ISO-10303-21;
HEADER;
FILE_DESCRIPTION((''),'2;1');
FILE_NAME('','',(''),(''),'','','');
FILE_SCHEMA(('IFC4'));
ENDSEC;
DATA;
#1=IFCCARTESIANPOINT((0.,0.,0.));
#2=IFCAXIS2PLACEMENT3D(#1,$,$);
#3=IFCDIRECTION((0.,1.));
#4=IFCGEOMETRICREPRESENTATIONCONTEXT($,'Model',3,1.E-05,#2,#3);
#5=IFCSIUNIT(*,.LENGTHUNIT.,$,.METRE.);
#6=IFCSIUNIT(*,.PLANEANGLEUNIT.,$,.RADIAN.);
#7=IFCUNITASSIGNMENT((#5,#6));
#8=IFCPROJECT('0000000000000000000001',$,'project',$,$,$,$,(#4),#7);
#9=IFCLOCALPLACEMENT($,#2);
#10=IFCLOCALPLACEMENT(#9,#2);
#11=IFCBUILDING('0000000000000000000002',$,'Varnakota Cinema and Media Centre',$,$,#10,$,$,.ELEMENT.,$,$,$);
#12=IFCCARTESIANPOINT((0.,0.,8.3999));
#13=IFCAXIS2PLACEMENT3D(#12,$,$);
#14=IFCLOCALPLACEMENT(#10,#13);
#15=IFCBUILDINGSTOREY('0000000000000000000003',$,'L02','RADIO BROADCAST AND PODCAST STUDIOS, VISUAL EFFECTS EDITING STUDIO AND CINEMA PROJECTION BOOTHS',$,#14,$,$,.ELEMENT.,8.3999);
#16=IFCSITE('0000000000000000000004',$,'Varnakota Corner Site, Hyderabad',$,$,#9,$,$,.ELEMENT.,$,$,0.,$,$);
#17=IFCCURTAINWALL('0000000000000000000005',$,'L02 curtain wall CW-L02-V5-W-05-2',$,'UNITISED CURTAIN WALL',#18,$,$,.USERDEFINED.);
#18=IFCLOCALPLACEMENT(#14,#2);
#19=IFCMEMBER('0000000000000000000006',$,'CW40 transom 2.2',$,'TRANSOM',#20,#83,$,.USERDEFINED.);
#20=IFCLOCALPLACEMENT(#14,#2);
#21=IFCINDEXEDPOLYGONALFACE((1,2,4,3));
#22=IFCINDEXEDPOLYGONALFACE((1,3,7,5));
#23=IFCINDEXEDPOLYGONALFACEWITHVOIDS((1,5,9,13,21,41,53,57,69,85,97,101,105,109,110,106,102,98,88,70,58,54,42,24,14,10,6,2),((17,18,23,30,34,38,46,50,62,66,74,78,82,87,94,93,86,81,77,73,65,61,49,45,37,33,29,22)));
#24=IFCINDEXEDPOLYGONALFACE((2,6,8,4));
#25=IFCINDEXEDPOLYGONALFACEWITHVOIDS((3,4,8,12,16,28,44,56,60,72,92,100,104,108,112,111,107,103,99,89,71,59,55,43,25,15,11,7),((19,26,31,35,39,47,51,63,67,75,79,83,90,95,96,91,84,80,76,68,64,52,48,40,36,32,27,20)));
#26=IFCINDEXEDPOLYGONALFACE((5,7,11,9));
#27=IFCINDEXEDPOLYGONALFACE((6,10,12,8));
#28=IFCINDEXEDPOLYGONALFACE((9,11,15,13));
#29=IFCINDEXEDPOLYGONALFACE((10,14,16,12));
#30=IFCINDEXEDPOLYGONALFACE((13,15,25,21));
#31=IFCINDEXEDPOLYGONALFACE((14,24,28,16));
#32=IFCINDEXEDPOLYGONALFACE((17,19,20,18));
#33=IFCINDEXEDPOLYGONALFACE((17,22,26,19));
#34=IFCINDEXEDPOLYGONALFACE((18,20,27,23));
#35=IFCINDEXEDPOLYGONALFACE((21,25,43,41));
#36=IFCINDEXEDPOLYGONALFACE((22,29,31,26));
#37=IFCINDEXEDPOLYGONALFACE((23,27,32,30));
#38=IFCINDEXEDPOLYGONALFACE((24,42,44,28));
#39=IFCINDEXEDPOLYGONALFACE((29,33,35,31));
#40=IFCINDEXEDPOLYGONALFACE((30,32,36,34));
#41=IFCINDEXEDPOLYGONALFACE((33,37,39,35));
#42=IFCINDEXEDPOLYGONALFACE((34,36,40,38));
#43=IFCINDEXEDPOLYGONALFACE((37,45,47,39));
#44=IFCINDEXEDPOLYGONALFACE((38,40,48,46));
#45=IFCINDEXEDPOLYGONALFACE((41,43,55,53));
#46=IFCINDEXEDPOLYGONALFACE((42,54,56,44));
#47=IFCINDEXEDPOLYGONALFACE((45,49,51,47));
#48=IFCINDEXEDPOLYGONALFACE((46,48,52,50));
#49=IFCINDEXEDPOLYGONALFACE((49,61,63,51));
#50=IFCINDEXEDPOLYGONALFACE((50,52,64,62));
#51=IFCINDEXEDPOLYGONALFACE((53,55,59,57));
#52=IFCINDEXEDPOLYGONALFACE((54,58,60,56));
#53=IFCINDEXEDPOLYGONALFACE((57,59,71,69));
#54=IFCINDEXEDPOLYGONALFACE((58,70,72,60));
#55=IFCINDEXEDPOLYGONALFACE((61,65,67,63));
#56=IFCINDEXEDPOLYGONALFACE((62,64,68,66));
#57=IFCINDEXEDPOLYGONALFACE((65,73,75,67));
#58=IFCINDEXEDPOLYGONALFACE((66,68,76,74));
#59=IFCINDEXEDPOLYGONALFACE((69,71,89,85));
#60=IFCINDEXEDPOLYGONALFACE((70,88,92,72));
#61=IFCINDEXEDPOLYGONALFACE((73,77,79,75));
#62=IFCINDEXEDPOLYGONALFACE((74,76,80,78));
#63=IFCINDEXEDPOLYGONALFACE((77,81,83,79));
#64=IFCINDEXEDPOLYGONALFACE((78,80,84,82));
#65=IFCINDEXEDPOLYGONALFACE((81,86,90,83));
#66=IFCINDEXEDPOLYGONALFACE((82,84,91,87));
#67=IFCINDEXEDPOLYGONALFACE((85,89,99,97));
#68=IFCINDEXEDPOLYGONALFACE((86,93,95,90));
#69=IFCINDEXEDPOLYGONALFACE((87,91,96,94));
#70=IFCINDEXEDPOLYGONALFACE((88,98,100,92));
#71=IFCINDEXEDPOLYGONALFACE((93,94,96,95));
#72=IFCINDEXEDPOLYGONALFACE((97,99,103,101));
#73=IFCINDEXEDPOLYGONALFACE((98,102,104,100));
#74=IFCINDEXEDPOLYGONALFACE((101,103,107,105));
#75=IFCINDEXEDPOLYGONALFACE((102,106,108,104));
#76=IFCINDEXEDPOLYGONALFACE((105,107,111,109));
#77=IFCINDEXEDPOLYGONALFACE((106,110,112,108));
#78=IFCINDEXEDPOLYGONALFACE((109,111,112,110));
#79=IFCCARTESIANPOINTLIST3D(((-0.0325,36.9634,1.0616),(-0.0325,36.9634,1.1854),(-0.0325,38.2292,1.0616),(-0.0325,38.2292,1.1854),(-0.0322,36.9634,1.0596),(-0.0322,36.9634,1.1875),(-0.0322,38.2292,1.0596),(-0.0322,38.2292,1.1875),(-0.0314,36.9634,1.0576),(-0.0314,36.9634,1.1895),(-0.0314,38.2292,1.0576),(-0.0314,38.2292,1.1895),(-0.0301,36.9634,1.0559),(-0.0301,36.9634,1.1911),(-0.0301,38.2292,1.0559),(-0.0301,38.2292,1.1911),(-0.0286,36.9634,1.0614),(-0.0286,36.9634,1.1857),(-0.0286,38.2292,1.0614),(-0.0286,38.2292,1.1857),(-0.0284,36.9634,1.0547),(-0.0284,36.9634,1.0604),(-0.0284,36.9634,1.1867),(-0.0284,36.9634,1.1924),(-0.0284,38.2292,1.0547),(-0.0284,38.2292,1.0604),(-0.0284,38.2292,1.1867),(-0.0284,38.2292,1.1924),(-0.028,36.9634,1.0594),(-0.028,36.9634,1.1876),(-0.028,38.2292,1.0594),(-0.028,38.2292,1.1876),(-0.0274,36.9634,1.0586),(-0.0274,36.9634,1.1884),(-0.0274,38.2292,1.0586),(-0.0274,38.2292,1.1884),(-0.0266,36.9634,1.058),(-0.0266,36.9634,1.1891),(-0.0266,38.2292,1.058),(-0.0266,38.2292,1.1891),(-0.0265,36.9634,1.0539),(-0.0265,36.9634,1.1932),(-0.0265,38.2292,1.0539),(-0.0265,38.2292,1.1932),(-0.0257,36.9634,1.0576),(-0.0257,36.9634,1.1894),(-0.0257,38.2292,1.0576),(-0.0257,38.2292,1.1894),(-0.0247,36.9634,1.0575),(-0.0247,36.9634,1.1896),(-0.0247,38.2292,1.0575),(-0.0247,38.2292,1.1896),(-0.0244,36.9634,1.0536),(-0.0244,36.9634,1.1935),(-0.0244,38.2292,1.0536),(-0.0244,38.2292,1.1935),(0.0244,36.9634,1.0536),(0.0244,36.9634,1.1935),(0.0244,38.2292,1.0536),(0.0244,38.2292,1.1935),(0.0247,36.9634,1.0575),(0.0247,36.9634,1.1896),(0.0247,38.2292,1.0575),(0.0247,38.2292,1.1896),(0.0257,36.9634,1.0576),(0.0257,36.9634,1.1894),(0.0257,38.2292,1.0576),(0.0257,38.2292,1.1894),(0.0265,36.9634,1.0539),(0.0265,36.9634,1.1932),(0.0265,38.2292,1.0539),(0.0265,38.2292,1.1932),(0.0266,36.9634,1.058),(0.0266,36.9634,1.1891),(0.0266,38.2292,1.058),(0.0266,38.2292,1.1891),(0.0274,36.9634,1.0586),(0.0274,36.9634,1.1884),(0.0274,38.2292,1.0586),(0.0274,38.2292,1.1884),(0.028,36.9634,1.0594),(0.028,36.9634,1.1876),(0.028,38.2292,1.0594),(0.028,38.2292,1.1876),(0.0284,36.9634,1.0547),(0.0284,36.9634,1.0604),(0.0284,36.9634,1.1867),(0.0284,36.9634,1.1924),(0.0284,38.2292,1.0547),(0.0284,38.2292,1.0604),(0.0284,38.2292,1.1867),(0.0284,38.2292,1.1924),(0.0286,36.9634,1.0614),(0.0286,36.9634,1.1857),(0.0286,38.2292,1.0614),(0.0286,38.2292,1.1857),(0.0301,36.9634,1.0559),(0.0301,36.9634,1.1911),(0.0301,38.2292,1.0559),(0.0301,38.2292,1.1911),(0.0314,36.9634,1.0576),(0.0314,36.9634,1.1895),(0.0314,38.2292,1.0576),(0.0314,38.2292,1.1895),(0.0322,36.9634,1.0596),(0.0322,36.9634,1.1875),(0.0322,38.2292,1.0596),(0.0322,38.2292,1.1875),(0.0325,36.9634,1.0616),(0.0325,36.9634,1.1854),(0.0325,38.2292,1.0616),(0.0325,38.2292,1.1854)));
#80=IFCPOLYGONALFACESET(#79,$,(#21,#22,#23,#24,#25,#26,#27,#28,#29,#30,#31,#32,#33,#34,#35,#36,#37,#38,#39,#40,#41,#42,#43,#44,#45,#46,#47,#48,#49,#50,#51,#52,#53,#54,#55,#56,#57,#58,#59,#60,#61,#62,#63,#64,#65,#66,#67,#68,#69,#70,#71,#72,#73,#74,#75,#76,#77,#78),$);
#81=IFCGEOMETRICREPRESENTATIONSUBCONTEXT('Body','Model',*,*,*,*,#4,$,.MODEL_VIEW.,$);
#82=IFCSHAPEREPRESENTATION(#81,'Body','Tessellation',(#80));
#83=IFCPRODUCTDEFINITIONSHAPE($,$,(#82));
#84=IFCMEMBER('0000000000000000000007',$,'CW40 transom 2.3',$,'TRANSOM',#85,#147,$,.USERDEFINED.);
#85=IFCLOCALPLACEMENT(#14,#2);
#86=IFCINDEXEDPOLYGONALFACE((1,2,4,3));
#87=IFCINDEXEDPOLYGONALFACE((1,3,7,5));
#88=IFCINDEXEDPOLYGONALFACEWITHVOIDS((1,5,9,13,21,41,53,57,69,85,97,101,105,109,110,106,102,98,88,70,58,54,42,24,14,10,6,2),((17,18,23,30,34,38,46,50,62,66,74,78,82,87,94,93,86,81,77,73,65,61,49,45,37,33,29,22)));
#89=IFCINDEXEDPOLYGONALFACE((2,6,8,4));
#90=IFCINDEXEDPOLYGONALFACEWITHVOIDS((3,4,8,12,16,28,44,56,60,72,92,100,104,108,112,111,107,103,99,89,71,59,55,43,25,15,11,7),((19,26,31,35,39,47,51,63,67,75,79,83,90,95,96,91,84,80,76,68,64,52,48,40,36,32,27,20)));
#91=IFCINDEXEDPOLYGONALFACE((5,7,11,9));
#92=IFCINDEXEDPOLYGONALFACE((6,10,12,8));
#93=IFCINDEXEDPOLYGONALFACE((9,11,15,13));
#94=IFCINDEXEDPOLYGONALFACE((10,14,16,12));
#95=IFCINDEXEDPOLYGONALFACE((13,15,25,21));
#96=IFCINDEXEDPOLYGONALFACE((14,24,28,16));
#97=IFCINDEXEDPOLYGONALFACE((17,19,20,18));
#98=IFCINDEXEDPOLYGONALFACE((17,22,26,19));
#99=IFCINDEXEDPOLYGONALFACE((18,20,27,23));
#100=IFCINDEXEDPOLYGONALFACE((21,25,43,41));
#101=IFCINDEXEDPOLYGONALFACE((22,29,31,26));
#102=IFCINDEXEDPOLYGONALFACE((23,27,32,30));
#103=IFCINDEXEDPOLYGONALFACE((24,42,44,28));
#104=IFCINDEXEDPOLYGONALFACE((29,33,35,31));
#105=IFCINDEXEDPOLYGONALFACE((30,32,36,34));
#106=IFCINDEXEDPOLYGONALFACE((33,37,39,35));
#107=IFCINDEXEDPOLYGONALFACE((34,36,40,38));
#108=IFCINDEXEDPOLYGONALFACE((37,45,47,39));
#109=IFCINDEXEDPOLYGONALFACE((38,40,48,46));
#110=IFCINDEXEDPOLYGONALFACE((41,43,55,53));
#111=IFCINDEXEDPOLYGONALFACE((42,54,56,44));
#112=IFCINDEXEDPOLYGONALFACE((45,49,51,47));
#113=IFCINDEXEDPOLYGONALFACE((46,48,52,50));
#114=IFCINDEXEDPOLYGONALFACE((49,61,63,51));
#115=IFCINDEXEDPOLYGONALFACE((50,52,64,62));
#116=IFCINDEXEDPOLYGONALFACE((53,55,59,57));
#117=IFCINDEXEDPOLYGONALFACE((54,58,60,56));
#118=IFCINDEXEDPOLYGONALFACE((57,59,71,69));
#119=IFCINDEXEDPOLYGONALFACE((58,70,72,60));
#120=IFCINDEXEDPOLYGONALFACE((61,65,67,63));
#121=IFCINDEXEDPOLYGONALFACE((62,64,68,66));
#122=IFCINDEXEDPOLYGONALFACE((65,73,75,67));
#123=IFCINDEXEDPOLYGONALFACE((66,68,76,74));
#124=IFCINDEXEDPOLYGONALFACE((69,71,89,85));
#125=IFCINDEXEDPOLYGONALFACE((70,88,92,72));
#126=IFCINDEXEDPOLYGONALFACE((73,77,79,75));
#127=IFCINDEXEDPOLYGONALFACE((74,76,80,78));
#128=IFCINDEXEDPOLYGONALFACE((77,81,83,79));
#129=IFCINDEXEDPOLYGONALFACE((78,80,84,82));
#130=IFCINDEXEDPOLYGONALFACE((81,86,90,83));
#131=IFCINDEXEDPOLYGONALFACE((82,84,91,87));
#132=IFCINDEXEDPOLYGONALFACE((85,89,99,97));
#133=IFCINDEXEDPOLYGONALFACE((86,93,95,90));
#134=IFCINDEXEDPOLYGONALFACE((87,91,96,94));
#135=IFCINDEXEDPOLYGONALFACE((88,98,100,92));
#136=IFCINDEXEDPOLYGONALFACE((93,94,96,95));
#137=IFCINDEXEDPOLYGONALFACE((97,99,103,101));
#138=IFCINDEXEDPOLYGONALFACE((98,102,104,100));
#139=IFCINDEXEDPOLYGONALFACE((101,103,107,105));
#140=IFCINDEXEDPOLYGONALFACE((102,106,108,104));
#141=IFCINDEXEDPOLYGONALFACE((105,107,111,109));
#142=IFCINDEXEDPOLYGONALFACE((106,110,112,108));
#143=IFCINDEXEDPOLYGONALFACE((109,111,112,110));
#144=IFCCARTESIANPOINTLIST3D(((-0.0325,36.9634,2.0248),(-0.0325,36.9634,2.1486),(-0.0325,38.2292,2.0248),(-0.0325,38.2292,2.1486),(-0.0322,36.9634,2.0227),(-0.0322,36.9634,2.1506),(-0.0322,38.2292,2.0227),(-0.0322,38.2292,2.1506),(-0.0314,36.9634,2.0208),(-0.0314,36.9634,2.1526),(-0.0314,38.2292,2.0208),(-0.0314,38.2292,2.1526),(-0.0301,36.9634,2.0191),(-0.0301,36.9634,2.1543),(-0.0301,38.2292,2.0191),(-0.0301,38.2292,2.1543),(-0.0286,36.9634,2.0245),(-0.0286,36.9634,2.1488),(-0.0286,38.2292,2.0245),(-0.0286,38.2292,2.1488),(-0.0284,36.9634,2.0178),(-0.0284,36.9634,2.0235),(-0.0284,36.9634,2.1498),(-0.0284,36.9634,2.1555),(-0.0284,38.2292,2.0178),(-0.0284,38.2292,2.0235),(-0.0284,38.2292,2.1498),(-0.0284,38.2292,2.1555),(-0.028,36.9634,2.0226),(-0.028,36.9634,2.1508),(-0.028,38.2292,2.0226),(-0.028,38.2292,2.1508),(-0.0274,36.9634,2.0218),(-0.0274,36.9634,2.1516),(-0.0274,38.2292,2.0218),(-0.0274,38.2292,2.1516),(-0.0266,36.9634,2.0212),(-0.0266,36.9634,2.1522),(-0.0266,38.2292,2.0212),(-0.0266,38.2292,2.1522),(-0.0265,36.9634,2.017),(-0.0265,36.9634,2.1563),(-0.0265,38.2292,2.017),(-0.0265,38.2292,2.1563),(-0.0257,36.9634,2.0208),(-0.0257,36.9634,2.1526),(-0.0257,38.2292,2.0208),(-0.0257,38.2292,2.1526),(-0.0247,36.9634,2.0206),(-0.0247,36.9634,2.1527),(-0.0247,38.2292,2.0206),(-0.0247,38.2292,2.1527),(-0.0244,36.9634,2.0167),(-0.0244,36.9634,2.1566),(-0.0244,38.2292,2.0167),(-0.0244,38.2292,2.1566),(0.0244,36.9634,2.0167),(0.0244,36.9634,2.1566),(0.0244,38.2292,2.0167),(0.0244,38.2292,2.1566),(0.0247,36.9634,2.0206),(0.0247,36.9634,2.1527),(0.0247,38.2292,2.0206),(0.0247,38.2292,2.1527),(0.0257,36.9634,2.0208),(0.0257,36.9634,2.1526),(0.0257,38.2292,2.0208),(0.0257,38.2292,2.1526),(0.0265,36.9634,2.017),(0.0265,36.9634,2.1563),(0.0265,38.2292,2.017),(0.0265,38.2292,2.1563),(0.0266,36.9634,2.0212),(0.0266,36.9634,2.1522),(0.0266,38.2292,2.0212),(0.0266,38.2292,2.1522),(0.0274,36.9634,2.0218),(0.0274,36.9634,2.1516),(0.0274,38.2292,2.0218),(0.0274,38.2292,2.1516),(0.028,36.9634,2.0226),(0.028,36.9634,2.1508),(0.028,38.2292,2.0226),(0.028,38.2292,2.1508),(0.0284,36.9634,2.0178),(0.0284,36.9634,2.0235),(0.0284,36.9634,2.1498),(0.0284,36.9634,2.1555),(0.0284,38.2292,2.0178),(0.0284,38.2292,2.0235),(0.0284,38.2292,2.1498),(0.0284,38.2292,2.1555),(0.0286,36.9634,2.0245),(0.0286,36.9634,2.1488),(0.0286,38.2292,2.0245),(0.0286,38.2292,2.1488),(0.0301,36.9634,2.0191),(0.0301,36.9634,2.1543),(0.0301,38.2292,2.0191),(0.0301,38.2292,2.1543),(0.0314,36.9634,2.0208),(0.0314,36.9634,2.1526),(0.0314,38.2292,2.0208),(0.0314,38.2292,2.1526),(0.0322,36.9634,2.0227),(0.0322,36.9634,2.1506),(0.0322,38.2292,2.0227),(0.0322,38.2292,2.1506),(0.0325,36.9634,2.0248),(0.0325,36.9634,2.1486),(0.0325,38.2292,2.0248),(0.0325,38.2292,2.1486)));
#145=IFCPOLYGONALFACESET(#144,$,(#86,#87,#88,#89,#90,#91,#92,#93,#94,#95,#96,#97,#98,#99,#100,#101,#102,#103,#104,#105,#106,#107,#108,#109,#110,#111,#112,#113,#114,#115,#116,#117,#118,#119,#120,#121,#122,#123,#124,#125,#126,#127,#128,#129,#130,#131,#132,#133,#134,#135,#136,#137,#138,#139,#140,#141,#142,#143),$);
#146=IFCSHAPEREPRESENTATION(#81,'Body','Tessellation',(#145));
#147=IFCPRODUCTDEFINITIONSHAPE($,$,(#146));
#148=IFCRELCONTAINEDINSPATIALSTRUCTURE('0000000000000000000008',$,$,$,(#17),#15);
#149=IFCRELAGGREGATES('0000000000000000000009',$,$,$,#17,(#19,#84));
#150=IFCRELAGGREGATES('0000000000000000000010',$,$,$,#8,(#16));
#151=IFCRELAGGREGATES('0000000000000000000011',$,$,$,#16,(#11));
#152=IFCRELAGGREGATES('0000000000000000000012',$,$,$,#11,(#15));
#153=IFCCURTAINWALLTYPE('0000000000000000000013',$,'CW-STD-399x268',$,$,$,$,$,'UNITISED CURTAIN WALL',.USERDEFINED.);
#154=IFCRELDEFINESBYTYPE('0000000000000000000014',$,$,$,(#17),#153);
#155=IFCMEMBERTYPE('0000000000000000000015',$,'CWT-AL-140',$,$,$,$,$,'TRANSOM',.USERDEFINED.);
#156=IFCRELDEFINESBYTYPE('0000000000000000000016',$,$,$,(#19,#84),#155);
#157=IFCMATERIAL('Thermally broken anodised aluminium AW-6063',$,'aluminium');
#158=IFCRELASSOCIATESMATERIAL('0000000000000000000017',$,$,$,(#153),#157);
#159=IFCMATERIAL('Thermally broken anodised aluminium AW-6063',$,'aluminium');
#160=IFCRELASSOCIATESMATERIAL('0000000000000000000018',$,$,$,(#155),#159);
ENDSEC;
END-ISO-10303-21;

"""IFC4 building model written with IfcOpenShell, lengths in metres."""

from ifc_helpers import new_model, si_unit, direction, frame, origin, origin_2d, place, context, subcontext, project, spatial, hollow_rectangle, extrude, material, material_profile, profile_set, type_object, element, aggregate, save


model = new_model("IFC4")

# Units and contexts
model_context = context("Model", 3, precision=1e-05, world=origin(), true_north=direction((0.0, 1.0)))
body_context = subcontext(model_context, "Body", "Model", "MODEL_VIEW")
ifc_project = project(units=[si_unit("LENGTHUNIT", "METRE"), si_unit("PLANEANGLEUNIT", "RADIAN")], contexts=[model_context])

# Site, building, storey
site_placement = place(None, origin())
site = spatial("IfcSite", under=ifc_project, at=site_placement, Name="Varnakota Corner Site, Hyderabad", CompositionType="ELEMENT", RefElevation=0.0)
building_placement = place(site_placement, origin())
building = spatial("IfcBuilding", under=site, at=building_placement, Name="Varnakota Cinema and Media Centre", CompositionType="ELEMENT")
storey_placement = place(building_placement, frame((0.0, 0.0, 8.3999)))
storey = spatial("IfcBuildingStorey", under=building, at=storey_placement, Name="L02", Description="RADIO BROADCAST AND PODCAST STUDIOS, VISUAL EFFECTS EDITING STUDIO AND CINEMA PROJECTION BOOTHS", CompositionType="ELEMENT", Elevation=8.3999)

# Curtain wall
ifc_material_1 = material(Name="Thermally broken anodised aluminium AW-6063", Category="aluminium")
curtain_wall_type = type_object("IfcCurtainWallType", Name="CW-STD-399x268", ElementType="UNITISED CURTAIN WALL", PredefinedType="USERDEFINED", material=ifc_material_1)
curtain_wall_1_placement = place(storey_placement, origin())
curtain_wall_1 = element("IfcCurtainWall", 1, at=curtain_wall_1_placement, inside=storey, type_object=curtain_wall_type, Name="L02 curtain wall CW-L02-V5-W-05-2", ObjectType="UNITISED CURTAIN WALL", PredefinedType="USERDEFINED")

# Members
ifc_material_2 = material(Name="Thermally broken anodised aluminium AW-6063", Category="aluminium")
ifc_material_profile_1 = material_profile(ifc_material_2, hollow_rectangle(XDim=0.0649, YDim=0.1399, WallThickness=0.0039, InnerFilletRadius=0.0039, OuterFilletRadius=0.0081, at=origin_2d()), Name="AL-TRANSOM 140x65x4")
ifc_profile_set_1 = profile_set([ifc_material_profile_1], Name="Thermally broken anodised aluminium AW-6063")
member_type_1 = type_object("IfcMemberType", Name="CWT-AL-140", ElementType="TRANSOM", PredefinedType="USERDEFINED", material=ifc_profile_set_1)
member_1_placement = place(storey_placement, frame((0.0, 38.2292, 1.1235), z_axis=(0.0, -1.0, 0.0), x_axis=(1.0, 0.0, 0.0)))
member_1 = element("IfcMember", 2, at=member_1_placement, type_object=member_type_1, Name="CW40 transom 2.2", ObjectType="TRANSOM", PredefinedType="USERDEFINED", context=body_context, shape_type="SweptSolid", body=[
    extrude(hollow_rectangle(XDim=0.0649, YDim=0.1399, WallThickness=0.0039, InnerFilletRadius=0.0039, OuterFilletRadius=0.0081, at=origin_2d()), origin(), (0.0, 0.0, 1.0), 1.2659),
])
member_2_placement = place(storey_placement, frame((0.0, 38.2292, 2.0867), z_axis=(0.0, -1.0, 0.0), x_axis=(1.0, 0.0, 0.0)))
member_2 = element("IfcMember", 3, at=member_2_placement, type_object=member_type_1, Name="CW40 transom 2.3", ObjectType="TRANSOM", PredefinedType="USERDEFINED", context=body_context, shape_type="SweptSolid", body=[
    extrude(hollow_rectangle(XDim=0.0649, YDim=0.1399, WallThickness=0.0039, InnerFilletRadius=0.0039, OuterFilletRadius=0.0081, at=origin_2d()), origin(), (0.0, 0.0, 1.0), 1.2659),
])

aggregate(curtain_wall_1, [member_1, member_2])

save(model, "model.ifc")
